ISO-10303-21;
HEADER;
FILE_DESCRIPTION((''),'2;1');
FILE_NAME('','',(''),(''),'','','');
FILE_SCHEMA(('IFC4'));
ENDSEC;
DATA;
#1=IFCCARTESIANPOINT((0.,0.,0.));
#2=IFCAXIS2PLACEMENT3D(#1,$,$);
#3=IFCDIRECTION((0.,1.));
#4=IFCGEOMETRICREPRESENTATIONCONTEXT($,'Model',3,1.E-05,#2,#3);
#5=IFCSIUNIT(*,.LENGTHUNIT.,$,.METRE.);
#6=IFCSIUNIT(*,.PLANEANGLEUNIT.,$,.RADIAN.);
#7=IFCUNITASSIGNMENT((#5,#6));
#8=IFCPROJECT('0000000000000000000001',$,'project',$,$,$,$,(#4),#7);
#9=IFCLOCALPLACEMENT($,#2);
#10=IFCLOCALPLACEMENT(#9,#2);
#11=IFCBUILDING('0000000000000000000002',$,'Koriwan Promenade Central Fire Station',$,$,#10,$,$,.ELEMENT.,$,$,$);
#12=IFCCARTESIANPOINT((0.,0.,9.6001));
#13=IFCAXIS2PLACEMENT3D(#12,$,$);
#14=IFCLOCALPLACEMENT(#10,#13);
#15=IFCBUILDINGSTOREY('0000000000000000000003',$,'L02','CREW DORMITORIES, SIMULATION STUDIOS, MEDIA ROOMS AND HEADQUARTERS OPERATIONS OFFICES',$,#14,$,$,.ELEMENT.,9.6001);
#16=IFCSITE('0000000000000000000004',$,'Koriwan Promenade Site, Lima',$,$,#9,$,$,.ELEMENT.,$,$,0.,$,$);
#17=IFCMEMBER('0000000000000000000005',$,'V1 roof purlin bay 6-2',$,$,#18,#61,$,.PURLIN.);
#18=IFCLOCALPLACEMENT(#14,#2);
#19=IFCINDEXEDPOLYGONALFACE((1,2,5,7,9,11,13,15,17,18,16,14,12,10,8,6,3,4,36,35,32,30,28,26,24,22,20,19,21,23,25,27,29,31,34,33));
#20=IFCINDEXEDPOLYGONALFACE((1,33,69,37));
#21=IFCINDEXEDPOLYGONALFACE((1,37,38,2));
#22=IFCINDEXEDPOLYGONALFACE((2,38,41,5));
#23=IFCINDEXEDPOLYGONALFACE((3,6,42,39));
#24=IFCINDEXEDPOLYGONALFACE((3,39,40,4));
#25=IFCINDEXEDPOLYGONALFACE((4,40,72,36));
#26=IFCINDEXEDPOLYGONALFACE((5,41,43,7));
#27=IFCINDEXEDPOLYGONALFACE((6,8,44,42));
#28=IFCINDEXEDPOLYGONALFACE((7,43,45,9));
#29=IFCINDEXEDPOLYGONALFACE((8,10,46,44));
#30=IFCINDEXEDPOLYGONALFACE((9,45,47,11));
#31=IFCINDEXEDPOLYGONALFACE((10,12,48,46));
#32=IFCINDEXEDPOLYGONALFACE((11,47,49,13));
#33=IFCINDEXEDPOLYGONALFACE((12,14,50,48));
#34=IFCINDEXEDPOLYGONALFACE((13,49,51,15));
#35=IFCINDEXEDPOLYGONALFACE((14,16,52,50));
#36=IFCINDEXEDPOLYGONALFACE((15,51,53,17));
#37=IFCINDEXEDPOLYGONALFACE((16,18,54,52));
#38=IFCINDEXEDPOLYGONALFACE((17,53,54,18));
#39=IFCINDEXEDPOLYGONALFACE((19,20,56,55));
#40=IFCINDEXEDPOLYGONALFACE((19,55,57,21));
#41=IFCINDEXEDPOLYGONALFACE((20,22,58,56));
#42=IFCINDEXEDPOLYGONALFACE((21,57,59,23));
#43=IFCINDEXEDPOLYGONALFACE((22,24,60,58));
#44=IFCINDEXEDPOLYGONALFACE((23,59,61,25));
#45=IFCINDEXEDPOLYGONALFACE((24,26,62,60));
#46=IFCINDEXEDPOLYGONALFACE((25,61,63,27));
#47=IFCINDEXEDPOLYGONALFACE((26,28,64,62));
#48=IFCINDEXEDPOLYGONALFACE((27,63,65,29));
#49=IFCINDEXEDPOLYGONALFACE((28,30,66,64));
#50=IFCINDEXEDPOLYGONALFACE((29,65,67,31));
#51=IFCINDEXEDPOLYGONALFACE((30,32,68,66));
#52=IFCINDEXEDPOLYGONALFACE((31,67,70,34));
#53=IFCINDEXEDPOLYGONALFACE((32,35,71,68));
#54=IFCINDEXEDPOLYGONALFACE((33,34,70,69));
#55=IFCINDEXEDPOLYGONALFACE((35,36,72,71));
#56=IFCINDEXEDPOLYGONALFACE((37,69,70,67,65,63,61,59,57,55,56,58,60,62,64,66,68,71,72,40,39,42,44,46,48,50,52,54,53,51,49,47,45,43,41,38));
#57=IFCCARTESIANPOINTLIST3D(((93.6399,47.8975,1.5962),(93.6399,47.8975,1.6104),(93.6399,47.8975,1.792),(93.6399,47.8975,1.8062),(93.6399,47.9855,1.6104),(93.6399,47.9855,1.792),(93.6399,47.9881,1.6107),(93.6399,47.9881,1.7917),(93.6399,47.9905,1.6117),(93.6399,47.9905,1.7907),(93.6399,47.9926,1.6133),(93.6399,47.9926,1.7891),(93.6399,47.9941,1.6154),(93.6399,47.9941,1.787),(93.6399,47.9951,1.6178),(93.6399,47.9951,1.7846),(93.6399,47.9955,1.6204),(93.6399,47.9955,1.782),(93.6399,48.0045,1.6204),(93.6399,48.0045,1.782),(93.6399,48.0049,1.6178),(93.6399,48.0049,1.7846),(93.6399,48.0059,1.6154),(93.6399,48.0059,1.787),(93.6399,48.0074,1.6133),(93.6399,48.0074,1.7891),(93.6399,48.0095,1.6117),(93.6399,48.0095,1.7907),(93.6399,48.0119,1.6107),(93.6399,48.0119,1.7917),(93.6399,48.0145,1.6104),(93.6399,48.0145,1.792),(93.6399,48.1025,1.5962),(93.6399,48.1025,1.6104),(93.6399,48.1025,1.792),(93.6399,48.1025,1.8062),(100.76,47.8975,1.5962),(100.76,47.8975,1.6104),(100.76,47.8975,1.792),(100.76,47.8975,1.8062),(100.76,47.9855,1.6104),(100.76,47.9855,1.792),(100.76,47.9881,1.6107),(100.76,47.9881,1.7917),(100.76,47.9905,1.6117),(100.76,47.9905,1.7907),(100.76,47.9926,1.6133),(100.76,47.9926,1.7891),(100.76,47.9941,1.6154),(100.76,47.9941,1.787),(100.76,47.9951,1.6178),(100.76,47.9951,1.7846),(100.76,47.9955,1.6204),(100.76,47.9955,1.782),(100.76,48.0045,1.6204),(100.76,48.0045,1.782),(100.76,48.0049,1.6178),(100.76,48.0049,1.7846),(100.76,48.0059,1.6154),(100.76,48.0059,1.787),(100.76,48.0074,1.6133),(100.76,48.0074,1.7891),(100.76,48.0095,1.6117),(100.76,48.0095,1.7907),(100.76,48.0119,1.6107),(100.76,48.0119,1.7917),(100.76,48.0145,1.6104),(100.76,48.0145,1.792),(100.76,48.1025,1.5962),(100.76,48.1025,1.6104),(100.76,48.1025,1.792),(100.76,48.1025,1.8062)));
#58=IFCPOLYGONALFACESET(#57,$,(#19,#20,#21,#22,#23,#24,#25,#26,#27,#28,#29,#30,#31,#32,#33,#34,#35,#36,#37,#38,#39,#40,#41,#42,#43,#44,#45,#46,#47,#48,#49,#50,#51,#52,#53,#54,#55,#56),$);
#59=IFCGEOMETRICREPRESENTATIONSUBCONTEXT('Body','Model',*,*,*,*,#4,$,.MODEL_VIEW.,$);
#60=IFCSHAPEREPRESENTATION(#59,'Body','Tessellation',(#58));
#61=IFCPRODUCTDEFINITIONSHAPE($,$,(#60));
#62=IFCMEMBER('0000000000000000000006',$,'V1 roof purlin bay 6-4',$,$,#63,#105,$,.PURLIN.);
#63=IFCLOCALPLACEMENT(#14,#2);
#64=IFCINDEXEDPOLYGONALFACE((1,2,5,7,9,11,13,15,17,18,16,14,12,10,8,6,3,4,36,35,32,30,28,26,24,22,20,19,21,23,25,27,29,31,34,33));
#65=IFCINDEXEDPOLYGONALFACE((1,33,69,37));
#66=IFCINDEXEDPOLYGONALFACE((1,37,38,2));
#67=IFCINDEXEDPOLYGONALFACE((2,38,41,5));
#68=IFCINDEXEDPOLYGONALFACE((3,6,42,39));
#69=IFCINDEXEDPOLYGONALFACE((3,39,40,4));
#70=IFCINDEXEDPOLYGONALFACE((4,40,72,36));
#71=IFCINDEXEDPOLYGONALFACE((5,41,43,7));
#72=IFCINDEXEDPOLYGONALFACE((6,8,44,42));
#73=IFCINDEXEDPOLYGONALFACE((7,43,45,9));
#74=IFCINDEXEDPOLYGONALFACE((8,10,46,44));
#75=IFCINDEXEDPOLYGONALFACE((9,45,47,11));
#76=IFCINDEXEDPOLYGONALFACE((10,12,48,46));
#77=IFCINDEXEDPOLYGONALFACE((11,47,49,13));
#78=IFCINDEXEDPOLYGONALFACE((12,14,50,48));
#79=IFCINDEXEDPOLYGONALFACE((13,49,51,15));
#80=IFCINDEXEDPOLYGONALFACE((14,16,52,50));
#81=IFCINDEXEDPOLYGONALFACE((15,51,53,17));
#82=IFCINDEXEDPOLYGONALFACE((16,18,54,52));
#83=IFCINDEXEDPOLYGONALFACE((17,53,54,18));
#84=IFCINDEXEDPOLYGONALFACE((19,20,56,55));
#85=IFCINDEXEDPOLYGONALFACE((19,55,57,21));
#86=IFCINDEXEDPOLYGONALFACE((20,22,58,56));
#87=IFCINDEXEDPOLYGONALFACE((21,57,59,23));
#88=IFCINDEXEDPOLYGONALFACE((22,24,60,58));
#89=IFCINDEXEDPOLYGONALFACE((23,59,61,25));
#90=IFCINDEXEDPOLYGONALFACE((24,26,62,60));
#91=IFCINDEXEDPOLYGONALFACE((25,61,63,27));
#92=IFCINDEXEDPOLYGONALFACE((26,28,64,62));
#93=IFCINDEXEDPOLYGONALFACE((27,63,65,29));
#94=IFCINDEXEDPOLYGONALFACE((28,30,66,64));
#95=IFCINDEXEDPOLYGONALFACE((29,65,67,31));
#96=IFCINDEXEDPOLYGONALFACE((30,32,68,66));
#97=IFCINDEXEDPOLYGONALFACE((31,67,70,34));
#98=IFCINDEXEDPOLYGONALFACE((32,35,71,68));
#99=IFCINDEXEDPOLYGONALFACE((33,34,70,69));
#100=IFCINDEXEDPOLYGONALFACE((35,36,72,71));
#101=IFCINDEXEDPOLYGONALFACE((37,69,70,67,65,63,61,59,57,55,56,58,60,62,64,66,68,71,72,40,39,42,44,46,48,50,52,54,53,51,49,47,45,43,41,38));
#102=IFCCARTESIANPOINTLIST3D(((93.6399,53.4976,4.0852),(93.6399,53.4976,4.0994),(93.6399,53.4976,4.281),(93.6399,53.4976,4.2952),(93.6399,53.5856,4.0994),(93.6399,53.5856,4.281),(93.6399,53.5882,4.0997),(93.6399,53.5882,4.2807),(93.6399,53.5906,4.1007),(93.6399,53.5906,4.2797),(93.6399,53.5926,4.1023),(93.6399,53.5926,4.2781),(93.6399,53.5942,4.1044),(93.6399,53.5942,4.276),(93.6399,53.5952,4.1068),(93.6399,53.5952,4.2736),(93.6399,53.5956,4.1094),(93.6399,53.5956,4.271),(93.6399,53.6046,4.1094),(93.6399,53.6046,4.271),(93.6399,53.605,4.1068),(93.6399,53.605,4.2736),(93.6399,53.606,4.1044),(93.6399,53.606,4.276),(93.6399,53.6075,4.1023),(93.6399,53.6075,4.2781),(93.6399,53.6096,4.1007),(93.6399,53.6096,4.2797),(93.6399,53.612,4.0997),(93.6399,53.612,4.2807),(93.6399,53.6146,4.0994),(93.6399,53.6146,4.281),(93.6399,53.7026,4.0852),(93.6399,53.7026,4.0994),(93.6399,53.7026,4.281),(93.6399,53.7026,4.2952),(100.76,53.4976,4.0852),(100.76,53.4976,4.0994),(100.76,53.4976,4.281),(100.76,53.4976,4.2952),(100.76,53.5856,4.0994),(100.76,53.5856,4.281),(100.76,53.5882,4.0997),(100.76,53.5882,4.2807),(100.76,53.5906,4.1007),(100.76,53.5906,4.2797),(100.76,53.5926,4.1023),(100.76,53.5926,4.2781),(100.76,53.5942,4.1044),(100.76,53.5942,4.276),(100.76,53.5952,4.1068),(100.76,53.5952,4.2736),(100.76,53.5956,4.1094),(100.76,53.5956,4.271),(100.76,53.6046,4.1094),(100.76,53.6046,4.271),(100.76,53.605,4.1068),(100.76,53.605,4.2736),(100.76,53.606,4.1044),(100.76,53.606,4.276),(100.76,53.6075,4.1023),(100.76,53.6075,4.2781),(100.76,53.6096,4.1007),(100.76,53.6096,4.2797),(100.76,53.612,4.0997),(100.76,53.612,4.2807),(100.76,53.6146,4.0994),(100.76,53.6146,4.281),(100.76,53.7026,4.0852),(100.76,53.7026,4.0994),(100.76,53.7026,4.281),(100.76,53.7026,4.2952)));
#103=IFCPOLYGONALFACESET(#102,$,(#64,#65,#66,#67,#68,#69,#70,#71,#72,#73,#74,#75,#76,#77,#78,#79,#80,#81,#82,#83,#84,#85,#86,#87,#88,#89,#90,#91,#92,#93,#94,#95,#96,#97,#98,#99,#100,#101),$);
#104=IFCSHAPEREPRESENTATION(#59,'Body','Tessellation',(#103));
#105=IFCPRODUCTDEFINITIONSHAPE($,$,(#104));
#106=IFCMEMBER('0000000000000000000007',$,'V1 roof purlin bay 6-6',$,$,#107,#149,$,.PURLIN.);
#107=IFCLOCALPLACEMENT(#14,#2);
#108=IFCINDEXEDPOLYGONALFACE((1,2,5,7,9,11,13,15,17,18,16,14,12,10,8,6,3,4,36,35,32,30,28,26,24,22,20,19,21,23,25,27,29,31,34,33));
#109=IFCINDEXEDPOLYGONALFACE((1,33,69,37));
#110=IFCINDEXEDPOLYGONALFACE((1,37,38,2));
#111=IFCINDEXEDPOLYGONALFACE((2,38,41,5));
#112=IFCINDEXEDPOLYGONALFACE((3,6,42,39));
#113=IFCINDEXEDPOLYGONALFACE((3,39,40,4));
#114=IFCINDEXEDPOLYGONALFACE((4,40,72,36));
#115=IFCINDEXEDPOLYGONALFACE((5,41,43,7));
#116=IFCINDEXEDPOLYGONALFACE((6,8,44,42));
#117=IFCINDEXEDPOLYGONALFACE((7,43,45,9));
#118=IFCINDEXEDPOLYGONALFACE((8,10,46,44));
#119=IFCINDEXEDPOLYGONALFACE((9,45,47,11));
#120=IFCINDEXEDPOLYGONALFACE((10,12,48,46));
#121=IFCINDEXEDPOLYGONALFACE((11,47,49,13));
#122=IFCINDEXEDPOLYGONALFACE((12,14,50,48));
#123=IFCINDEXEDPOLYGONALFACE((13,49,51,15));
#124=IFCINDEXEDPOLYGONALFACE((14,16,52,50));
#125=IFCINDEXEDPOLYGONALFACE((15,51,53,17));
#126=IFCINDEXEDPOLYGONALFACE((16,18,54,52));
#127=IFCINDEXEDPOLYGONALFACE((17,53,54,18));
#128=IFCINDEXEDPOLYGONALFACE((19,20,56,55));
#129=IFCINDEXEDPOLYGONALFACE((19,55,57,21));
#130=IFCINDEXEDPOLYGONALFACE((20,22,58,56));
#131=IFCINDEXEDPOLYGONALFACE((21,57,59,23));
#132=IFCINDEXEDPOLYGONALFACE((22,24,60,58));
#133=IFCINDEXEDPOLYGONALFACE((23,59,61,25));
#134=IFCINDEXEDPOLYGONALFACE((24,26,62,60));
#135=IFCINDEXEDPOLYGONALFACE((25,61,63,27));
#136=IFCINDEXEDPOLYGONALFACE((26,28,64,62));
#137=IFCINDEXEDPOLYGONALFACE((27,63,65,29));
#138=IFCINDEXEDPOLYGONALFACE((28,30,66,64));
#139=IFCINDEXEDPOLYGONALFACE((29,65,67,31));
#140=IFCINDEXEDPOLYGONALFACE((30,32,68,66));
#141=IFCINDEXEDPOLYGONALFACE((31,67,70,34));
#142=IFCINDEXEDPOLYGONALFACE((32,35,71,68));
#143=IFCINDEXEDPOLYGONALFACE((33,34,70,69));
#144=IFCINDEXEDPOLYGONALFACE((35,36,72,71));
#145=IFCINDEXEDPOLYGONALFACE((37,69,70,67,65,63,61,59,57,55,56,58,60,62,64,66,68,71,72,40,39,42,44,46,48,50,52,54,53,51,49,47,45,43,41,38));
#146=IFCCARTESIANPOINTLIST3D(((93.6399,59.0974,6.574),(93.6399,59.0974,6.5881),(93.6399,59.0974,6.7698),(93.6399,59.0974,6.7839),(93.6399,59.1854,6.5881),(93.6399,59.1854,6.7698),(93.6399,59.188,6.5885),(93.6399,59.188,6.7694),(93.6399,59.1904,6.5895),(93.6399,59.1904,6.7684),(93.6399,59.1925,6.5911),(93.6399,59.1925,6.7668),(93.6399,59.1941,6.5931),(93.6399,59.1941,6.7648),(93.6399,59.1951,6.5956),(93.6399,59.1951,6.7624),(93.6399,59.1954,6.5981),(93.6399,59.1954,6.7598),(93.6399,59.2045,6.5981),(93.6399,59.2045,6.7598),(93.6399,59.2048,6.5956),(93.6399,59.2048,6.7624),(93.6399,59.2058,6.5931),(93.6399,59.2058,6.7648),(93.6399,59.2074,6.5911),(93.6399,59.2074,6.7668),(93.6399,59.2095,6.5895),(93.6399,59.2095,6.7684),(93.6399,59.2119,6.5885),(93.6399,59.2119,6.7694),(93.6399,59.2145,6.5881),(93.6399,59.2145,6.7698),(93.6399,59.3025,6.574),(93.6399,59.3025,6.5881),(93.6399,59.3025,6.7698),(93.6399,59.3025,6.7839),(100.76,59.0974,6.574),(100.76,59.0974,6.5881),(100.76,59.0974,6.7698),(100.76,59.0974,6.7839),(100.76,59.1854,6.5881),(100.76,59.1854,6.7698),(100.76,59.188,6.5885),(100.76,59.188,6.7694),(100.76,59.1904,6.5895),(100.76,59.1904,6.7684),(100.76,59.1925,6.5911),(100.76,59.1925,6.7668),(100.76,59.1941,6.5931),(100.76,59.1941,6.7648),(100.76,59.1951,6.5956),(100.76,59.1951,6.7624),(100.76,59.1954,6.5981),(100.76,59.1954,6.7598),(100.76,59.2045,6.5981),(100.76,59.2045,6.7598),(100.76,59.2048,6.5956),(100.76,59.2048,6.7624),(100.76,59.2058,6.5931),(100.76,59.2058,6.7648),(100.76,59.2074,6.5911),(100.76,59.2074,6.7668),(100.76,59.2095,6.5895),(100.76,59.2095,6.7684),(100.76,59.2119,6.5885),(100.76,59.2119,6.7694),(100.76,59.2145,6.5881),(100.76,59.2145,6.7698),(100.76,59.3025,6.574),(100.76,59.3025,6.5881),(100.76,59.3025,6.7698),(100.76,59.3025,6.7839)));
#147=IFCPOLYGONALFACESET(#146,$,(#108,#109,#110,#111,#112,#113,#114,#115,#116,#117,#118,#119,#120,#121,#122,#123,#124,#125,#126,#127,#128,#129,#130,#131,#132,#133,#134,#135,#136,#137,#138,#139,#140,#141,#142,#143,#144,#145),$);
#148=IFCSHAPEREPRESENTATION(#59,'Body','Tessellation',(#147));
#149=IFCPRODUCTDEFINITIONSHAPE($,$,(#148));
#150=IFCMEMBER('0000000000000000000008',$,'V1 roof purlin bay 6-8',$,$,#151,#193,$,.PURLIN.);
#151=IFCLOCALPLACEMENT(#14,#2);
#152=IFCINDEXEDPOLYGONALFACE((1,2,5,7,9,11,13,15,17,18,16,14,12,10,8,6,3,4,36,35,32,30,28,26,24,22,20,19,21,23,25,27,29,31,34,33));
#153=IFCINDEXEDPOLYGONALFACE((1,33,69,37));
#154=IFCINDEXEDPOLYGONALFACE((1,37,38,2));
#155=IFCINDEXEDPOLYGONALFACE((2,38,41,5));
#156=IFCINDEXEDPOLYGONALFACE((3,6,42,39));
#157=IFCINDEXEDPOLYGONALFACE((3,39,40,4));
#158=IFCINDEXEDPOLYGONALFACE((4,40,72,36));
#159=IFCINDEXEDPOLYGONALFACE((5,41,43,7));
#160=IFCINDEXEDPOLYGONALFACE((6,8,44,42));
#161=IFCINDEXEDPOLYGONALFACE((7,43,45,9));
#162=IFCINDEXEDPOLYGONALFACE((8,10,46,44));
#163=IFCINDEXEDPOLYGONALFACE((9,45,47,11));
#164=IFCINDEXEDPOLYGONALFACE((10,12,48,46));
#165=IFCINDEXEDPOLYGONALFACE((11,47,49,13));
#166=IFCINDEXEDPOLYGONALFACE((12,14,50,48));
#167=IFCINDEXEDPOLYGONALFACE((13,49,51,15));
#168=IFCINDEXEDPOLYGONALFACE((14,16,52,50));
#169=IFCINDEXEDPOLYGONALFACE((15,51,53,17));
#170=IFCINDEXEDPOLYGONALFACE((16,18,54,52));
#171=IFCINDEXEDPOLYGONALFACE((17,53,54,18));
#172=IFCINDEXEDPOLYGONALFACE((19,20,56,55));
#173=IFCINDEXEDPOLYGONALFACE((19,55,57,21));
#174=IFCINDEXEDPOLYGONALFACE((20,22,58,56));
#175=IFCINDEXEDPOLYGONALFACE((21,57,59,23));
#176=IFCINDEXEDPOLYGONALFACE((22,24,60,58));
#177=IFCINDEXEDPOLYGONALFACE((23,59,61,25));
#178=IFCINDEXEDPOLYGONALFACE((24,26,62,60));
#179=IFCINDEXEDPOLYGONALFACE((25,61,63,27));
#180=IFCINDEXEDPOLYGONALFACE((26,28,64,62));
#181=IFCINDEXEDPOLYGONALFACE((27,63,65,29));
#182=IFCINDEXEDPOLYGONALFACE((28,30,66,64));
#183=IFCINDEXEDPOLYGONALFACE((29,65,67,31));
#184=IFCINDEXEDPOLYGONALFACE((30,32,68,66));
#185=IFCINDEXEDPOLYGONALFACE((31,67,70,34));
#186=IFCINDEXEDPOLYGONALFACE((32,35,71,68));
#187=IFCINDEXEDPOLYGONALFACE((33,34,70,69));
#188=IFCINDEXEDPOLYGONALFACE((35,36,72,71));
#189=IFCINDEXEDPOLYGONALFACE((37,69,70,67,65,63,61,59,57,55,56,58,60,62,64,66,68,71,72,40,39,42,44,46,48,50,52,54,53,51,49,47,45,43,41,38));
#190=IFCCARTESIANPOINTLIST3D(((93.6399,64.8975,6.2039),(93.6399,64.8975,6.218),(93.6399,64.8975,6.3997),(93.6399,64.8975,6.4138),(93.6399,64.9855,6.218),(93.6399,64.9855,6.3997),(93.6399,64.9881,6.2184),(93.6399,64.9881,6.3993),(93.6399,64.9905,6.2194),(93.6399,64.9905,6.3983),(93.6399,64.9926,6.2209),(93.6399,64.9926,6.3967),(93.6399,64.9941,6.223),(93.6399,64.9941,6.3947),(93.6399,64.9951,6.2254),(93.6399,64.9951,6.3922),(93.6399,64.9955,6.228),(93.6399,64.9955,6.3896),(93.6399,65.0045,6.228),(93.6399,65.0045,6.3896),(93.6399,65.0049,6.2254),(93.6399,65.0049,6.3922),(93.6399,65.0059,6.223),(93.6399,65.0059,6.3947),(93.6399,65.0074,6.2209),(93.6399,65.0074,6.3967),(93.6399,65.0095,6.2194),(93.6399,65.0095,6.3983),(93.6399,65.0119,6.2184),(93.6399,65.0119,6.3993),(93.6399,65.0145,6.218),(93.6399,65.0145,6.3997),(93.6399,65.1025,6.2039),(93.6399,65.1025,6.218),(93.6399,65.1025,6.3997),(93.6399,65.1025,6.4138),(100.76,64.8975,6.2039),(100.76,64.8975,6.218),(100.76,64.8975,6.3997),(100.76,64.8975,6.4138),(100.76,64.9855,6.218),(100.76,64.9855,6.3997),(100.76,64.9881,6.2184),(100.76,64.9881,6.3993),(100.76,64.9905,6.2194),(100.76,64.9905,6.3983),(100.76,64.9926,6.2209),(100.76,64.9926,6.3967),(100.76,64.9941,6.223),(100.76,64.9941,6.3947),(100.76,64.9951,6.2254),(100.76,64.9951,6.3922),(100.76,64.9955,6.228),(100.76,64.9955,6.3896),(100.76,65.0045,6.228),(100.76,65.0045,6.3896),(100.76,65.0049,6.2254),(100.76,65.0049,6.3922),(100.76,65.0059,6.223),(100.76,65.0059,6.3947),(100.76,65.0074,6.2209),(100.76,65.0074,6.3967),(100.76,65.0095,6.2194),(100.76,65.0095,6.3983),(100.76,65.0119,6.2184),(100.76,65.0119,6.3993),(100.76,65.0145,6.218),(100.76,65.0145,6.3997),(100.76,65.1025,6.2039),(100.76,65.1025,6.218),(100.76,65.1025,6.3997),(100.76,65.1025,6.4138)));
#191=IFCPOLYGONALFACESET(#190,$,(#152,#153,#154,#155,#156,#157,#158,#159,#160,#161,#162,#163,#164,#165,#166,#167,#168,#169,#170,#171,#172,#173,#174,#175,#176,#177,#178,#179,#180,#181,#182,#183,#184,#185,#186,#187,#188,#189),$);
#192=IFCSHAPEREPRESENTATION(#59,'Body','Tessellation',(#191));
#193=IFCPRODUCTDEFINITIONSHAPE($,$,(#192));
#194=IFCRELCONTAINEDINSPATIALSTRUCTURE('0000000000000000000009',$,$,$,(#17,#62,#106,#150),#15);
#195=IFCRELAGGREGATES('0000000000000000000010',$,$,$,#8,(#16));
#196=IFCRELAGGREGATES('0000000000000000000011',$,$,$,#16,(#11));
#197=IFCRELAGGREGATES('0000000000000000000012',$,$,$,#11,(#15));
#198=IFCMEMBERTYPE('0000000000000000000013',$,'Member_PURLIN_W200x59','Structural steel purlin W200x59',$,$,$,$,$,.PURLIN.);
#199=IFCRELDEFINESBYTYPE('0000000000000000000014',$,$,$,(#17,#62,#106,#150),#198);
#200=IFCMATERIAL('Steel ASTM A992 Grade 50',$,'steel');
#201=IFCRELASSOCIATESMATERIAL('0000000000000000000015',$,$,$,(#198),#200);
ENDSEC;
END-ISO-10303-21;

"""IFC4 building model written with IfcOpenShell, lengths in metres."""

from ifc_helpers import new_model, si_unit, direction, frame, origin, origin_2d, place, context, subcontext, project, spatial, i_section, extrude, material, material_profile, profile_set, type_object, element, save


model = new_model("IFC4")

# Units and contexts
model_context = context("Model", 3, precision=1e-05, world=origin(), true_north=direction((0.0, 1.0)))
body_context = subcontext(model_context, "Body", "Model", "MODEL_VIEW")
ifc_project = project(units=[si_unit("LENGTHUNIT", "METRE"), si_unit("PLANEANGLEUNIT", "RADIAN")], contexts=[model_context])

# Site, building, storey
site_placement = place(None, origin())
site = spatial("IfcSite", under=ifc_project, at=site_placement, Name="Koriwan Promenade Site, Lima", CompositionType="ELEMENT", RefElevation=0.0)
building_placement = place(site_placement, origin())
building = spatial("IfcBuilding", under=site, at=building_placement, Name="Koriwan Promenade Central Fire Station", CompositionType="ELEMENT")
storey_placement = place(building_placement, frame((0.0, 0.0, 9.6001)))
storey = spatial("IfcBuildingStorey", under=building, at=storey_placement, Name="L02", Description="CREW DORMITORIES, SIMULATION STUDIOS, MEDIA ROOMS AND HEADQUARTERS OPERATIONS OFFICES", CompositionType="ELEMENT", Elevation=9.6001)

# Members
ifc_material_1 = material(Name="Steel ASTM A992 Grade 50", Category="steel")
ifc_material_profile_1 = material_profile(ifc_material_1, i_section(OverallWidth=0.2051, OverallDepth=0.21, WebThickness=0.009, FlangeThickness=0.0142, FilletRadius=0.01, at=origin_2d()), Name="W200x59")
ifc_profile_set_1 = profile_set([ifc_material_profile_1], Name="Steel ASTM A992 Grade 50")
member_type_1 = type_object("IfcMemberType", Name="Member_PURLIN_W200x59", Description="Structural steel purlin W200x59", PredefinedType="PURLIN", material=ifc_profile_set_1)
for number, where, z_axis, x_axis, name in (
    (1, (93.6399, 48.0, 1.7012), (1.0, 0.0, 0.0), (0.0, 1.0, 0.0), "V1 roof purlin bay 6-2"),
    (2, (93.6399, 53.6001, 4.1902), (1.0, 0.0, 0.0), (0.0, 1.0, 0.0), "V1 roof purlin bay 6-4"),
    (3, (93.6399, 59.2, 6.679), (1.0, 0.0, 0.0), (0.0, 1.0, 0.0), "V1 roof purlin bay 6-6"),
    (4, (93.6399, 65.0, 6.3088), (1.0, 0.0, 0.0), (0.0, 1.0, 0.0), "V1 roof purlin bay 6-8"),
):
    element("IfcMember", number, at=place(storey_placement, frame(where, z_axis=z_axis, x_axis=x_axis)), inside=storey, type_object=member_type_1, Name=name, PredefinedType="PURLIN", context=body_context, shape_type="SweptSolid", body=[
        extrude(i_section(OverallWidth=0.2051, OverallDepth=0.21, WebThickness=0.009, FlangeThickness=0.0142, FilletRadius=0.01, at=origin_2d()), origin(), (0.0, 0.0, 1.0), 7.1201),
    ])

save(model, "model.ifc")
